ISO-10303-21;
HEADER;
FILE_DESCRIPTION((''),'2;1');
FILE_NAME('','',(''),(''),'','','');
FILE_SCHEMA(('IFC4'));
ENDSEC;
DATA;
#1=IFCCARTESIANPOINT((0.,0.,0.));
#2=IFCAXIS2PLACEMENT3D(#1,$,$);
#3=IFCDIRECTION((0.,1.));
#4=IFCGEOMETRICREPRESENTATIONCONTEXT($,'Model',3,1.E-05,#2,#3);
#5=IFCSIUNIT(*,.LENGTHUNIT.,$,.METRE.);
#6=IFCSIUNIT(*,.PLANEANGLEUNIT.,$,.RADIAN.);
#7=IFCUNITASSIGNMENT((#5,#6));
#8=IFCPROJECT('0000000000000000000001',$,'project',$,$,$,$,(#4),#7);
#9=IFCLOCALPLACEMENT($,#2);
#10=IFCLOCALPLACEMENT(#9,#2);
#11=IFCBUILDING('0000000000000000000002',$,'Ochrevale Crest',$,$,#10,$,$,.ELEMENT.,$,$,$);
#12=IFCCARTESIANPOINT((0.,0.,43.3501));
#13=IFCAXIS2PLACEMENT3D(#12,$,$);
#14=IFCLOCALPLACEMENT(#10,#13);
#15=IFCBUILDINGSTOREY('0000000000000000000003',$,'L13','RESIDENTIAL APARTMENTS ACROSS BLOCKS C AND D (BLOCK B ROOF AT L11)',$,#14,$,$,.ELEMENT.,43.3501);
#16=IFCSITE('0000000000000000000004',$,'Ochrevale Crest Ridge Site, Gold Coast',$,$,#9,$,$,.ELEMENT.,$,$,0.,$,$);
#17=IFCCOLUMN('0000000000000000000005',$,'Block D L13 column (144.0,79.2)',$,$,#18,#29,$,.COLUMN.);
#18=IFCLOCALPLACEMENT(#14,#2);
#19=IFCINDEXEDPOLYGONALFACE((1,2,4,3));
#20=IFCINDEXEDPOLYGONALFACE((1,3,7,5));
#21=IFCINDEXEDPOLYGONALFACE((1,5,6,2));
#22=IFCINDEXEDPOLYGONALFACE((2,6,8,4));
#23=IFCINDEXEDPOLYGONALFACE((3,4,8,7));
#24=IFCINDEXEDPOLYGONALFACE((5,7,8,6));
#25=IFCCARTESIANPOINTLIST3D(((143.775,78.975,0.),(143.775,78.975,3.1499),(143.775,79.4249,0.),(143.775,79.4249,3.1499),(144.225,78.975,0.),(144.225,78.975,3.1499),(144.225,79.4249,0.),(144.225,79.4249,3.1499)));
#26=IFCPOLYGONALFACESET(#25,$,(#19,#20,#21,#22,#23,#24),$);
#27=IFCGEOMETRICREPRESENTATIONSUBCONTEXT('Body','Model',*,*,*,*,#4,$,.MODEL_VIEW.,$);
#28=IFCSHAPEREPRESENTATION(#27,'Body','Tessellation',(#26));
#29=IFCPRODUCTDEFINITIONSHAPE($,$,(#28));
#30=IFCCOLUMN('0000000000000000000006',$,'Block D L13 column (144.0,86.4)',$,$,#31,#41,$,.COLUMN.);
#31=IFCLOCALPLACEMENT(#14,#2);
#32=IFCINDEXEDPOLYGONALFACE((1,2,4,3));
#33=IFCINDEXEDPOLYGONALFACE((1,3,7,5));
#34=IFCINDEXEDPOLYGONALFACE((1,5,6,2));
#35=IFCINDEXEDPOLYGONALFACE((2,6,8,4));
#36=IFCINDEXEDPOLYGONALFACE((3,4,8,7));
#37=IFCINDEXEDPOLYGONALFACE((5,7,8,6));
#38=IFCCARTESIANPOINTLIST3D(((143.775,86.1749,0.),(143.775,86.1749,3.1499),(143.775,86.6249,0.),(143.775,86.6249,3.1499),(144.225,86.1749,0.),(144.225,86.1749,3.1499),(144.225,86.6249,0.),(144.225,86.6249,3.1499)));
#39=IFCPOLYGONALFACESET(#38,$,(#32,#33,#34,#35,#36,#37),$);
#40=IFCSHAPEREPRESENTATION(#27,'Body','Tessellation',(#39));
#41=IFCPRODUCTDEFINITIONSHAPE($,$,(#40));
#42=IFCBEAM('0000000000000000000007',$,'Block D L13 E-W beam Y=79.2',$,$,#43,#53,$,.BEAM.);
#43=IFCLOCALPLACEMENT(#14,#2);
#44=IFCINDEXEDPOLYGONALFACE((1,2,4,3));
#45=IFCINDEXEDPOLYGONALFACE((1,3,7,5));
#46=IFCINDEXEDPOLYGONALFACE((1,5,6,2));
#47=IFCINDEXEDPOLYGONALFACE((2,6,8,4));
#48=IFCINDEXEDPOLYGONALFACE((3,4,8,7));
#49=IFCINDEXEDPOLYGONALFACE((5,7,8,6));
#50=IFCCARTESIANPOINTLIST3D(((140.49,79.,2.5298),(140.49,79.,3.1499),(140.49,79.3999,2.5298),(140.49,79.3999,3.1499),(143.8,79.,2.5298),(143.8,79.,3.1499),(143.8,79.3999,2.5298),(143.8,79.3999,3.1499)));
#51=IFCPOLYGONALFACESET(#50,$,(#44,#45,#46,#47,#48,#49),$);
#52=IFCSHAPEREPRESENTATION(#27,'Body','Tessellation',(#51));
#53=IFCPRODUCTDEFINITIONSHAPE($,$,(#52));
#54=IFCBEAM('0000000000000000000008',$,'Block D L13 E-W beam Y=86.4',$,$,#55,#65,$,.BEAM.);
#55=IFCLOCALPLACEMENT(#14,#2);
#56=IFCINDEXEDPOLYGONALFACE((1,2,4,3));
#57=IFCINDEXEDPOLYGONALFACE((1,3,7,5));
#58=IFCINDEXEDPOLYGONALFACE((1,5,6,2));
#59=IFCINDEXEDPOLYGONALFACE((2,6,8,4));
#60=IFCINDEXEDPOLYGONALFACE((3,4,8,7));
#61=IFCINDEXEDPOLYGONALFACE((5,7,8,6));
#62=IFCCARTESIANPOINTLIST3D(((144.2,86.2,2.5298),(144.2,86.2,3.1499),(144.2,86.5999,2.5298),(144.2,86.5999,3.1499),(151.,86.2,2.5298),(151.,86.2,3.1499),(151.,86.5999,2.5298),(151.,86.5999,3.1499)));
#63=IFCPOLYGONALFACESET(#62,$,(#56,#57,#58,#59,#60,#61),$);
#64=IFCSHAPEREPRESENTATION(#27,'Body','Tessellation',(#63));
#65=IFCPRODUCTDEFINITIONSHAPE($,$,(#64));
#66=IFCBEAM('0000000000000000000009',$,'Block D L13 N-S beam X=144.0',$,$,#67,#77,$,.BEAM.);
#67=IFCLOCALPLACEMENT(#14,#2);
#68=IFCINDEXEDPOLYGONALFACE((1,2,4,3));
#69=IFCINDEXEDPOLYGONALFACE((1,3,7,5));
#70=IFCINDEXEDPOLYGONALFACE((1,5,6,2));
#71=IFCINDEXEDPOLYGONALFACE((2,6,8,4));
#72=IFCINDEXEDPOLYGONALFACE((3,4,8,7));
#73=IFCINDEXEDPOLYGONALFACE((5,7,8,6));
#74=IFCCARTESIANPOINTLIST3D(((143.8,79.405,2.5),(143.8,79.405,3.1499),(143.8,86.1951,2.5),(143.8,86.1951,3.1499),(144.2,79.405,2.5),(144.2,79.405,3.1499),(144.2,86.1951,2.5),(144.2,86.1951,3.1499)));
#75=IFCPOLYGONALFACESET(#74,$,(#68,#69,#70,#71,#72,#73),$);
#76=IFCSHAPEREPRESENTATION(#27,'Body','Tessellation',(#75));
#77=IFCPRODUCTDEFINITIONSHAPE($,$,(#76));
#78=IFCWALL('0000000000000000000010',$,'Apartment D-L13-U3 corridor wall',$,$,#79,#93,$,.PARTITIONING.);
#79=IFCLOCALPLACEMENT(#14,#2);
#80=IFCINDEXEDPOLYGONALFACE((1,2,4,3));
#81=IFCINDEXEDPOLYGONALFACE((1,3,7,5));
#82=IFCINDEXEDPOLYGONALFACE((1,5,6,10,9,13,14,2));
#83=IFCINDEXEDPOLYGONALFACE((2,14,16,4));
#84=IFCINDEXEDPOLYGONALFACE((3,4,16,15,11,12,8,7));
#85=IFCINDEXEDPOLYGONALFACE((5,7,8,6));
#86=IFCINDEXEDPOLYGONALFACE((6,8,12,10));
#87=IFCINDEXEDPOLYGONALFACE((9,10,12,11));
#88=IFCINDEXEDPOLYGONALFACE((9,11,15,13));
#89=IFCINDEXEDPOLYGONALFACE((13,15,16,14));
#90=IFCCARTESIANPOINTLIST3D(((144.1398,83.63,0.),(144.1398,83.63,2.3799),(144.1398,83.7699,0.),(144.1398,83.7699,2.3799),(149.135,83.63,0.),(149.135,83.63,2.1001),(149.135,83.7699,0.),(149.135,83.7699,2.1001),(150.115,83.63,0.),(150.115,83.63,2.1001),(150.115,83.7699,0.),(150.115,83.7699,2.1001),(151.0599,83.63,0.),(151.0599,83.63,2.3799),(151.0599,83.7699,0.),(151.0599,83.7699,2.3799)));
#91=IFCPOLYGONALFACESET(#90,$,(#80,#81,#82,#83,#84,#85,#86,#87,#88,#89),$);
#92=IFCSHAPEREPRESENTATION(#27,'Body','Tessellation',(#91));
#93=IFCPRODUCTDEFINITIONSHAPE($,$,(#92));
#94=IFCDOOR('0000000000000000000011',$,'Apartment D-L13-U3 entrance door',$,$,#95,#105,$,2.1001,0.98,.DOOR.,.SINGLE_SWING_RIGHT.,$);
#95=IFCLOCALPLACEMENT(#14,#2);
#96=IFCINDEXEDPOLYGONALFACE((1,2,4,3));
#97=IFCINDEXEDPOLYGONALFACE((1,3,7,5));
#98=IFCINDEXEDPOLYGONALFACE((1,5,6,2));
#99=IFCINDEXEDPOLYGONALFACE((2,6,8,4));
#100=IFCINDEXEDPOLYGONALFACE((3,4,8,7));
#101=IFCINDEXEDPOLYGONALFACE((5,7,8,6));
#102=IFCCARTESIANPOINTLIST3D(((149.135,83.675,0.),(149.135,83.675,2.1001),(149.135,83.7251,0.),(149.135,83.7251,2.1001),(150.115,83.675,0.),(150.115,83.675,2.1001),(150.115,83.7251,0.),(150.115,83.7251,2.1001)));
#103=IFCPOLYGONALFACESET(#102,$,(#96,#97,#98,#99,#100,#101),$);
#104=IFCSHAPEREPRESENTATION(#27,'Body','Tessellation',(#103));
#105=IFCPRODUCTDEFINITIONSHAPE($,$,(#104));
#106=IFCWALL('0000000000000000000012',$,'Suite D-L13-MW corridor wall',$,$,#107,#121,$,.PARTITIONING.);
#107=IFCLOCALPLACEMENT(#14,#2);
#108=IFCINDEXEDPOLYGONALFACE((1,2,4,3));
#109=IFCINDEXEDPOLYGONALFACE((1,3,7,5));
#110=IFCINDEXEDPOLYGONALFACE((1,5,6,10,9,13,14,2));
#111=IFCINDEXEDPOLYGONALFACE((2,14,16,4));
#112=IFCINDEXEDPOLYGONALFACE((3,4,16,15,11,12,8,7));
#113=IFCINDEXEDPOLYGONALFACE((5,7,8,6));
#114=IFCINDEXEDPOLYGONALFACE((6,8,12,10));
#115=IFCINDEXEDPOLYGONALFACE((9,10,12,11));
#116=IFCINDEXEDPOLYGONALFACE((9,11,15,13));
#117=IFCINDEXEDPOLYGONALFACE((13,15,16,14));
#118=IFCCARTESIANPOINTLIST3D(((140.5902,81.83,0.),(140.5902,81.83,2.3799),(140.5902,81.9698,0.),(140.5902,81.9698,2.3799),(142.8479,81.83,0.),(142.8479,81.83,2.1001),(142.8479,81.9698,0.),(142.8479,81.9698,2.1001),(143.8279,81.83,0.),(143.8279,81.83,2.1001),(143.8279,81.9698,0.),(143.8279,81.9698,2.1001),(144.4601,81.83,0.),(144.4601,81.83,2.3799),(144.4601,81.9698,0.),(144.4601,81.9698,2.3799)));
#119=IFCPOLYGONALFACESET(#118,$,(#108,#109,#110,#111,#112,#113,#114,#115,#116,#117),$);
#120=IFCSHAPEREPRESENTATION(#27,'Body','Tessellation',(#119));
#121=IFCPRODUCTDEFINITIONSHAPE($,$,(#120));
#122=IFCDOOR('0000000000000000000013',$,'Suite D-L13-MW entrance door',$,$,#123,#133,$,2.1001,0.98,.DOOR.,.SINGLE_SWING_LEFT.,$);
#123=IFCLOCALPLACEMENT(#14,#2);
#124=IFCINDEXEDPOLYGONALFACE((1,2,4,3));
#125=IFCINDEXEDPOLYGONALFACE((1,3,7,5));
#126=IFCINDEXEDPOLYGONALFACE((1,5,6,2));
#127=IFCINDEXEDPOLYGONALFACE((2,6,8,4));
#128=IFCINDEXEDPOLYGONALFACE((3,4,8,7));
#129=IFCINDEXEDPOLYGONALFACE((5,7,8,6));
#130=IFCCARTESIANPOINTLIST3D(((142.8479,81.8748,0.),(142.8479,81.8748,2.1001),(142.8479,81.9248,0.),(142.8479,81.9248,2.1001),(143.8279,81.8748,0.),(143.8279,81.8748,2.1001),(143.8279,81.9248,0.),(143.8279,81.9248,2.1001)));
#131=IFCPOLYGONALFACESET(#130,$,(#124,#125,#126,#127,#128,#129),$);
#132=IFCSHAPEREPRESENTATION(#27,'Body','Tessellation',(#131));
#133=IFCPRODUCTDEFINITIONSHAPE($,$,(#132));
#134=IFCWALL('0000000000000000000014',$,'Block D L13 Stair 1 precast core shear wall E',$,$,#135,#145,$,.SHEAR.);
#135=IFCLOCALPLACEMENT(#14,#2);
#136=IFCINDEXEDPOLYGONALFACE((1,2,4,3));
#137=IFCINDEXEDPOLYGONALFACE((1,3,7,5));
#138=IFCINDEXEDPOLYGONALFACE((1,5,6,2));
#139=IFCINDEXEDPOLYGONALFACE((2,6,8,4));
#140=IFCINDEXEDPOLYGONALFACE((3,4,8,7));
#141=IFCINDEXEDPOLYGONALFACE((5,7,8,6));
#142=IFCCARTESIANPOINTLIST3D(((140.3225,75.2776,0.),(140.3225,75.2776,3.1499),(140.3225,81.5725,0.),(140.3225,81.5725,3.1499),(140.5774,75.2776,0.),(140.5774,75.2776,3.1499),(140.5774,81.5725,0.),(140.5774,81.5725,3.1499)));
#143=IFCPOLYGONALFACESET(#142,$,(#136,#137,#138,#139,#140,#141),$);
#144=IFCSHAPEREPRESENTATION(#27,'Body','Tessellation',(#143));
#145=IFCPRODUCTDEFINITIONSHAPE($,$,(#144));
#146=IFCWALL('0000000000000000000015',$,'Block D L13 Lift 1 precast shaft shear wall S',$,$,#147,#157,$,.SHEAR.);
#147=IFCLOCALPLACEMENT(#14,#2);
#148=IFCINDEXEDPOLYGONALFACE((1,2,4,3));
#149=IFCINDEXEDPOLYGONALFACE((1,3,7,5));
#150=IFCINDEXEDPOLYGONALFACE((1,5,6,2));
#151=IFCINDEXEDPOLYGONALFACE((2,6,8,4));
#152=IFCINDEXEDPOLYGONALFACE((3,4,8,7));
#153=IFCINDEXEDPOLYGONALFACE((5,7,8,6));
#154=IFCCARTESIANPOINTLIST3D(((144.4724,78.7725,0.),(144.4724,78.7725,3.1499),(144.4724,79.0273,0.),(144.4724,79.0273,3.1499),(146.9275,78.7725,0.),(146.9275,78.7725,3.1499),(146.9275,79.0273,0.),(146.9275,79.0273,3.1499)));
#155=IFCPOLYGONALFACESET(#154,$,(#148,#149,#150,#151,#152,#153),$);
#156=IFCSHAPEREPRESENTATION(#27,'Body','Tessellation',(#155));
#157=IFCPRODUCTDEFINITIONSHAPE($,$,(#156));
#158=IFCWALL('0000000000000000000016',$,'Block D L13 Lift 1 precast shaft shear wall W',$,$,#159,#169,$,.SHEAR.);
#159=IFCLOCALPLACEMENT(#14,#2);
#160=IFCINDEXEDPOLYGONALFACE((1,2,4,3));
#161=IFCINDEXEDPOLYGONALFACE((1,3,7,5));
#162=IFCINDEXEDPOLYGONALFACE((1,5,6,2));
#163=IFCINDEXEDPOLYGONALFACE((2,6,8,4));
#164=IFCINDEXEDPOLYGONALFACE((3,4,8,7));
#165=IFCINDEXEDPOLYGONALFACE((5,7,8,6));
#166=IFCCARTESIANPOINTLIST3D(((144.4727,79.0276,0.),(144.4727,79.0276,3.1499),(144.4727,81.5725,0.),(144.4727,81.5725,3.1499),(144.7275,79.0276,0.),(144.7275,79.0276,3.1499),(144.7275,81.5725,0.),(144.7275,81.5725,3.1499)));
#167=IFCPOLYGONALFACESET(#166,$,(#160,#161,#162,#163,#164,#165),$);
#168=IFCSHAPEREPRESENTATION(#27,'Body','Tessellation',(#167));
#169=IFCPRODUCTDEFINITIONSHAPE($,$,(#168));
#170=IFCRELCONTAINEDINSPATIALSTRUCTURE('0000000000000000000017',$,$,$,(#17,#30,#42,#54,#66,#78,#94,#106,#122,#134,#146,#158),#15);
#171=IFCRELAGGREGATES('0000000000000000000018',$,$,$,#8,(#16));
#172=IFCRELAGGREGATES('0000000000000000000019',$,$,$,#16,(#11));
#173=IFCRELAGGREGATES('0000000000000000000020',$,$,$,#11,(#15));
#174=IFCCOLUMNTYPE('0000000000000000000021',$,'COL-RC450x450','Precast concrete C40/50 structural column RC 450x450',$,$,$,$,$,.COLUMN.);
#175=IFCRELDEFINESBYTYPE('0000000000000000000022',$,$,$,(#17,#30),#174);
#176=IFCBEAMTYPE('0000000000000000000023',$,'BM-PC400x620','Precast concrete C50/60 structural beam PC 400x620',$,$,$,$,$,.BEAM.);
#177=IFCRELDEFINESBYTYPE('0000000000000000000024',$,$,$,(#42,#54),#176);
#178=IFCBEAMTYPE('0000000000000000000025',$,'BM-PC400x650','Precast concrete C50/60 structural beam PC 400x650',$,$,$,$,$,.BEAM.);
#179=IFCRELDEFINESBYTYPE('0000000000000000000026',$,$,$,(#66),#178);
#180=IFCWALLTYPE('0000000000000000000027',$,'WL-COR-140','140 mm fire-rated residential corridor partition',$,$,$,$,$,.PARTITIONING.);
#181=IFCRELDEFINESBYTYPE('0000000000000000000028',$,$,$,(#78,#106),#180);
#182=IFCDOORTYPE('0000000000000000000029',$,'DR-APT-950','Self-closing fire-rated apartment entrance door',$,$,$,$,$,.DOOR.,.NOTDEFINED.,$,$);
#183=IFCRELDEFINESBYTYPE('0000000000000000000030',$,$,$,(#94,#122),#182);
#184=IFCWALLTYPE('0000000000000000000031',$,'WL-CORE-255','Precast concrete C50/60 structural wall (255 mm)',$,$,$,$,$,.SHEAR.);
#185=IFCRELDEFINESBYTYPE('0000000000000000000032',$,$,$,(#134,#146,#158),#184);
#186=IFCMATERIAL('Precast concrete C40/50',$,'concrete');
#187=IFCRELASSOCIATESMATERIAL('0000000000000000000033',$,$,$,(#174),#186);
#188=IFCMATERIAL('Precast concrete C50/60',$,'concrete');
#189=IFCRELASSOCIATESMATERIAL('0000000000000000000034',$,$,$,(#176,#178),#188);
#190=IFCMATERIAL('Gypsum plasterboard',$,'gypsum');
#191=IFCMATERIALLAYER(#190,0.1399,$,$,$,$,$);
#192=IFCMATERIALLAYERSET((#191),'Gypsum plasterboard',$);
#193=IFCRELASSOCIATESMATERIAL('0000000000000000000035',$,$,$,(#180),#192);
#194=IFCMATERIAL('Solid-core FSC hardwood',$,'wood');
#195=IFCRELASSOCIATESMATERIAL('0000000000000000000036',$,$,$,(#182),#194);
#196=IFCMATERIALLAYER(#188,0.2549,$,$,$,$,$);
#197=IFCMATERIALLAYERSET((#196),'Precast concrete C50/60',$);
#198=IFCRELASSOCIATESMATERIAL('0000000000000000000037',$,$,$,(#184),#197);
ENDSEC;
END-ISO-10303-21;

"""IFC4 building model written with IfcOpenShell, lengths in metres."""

from ifc_helpers import new_model, si_unit, direction, frame, frame_2d, origin, origin_2d, place, context, subcontext, project, spatial, rectangle, extrude, material, layer, layer_set, material_profile, profile_set, type_object, element, fill, save


model = new_model("IFC4")

# Units and contexts
model_context = context("Model", 3, precision=1e-05, world=origin(), true_north=direction((0.0, 1.0)))
body_context = subcontext(model_context, "Body", "Model", "MODEL_VIEW")
ifc_project = project(units=[si_unit("LENGTHUNIT", "METRE"), si_unit("PLANEANGLEUNIT", "RADIAN")], contexts=[model_context])

# Site, building, storey
site_placement = place(None, origin())
site = spatial("IfcSite", under=ifc_project, at=site_placement, Name="Ochrevale Crest Ridge Site, Gold Coast", CompositionType="ELEMENT", RefElevation=0.0)
building_placement = place(site_placement, origin())
building = spatial("IfcBuilding", under=site, at=building_placement, Name="Ochrevale Crest", CompositionType="ELEMENT")
storey_placement = place(building_placement, frame((0.0, 0.0, 43.3501)))
storey = spatial("IfcBuildingStorey", under=building, at=storey_placement, Name="L13", Description="RESIDENTIAL APARTMENTS ACROSS BLOCKS C AND D (BLOCK B ROOF AT L11)", CompositionType="ELEMENT", Elevation=43.3501)

# Columns
ifc_material_1 = material(Name="Precast concrete C40/50", Category="concrete")
ifc_material_profile_1 = material_profile(ifc_material_1, rectangle(XDim=0.45, YDim=0.45, at=origin_2d()), Name="RC 450x450")
ifc_profile_set_1 = profile_set([ifc_material_profile_1], Name="Precast concrete C40/50")
column_type = type_object("IfcColumnType", Name="COL-RC450x450", Description="Precast concrete C40/50 structural column RC 450x450", PredefinedType="COLUMN", material=ifc_profile_set_1)
for number, where, z_axis, x_axis, name in (
    (1, (144.0, 79.2, 0.0), (0.0, 0.0, 1.0), (1.0, 0.0, 0.0), "Block D L13 column (144.0,79.2)"),
    (2, (144.0, 86.3999, 0.0), (0.0, 0.0, 1.0), (1.0, 0.0, 0.0), "Block D L13 column (144.0,86.4)"),
):
    element("IfcColumn", number, at=place(storey_placement, frame(where, z_axis=z_axis, x_axis=x_axis)), inside=storey, type_object=column_type, Name=name, PredefinedType="COLUMN", context=body_context, shape_type="SweptSolid", body=[
        extrude(rectangle(XDim=0.45, YDim=0.45, at=origin_2d()), origin(), (0.0, 0.0, 1.0), 3.1499),
    ])

# Beams
ifc_material_2 = material(Name="Precast concrete C50/60", Category="concrete")
ifc_material_profile_2 = material_profile(ifc_material_2, rectangle(XDim=0.3999, YDim=0.6201, at=origin_2d()), Name="PC 400x620")
ifc_profile_set_2 = profile_set([ifc_material_profile_2], Name="Precast concrete C50/60")
beam_type_1 = type_object("IfcBeamType", Name="BM-PC400x620", Description="Precast concrete C50/60 structural beam PC 400x620", PredefinedType="BEAM", material=ifc_profile_set_2)
beam_1_placement = place(storey_placement, frame((140.49, 79.2, 2.8398), z_axis=(1.0, 0.0, 0.0), x_axis=(0.0, 1.0, 0.0)))
element("IfcBeam", 3, at=beam_1_placement, inside=storey, type_object=beam_type_1, Name="Block D L13 E-W beam Y=79.2", PredefinedType="BEAM", context=body_context, shape_type="SweptSolid", body=[
    extrude(rectangle(XDim=0.3999, YDim=0.6201, at=origin_2d()), origin(), (0.0, 0.0, 1.0), 3.3101),
])
beam_2_placement = place(storey_placement, frame((144.2, 86.3999, 2.8398), z_axis=(1.0, 0.0, 0.0), x_axis=(0.0, 1.0, 0.0)))
element("IfcBeam", 4, at=beam_2_placement, inside=storey, type_object=beam_type_1, Name="Block D L13 E-W beam Y=86.4", PredefinedType="BEAM", context=body_context, shape_type="SweptSolid", body=[
    extrude(rectangle(XDim=0.3999, YDim=0.6201, at=origin_2d()), origin(), (0.0, 0.0, 1.0), 6.8),
])
ifc_material_profile_3 = material_profile(ifc_material_2, rectangle(XDim=0.3999, YDim=0.6499, at=origin_2d()), Name="PC 400x650")
ifc_profile_set_3 = profile_set([ifc_material_profile_3], Name="Precast concrete C50/60")
beam_type_2 = type_object("IfcBeamType", Name="BM-PC400x650", Description="Precast concrete C50/60 structural beam PC 400x650", PredefinedType="BEAM", material=ifc_profile_set_3)
beam_3_placement = place(storey_placement, frame((144.0, 79.405, 2.825), z_axis=(0.0, 1.0, 0.0), x_axis=(-1.0, 0.0, 0.0)))
element("IfcBeam", 5, at=beam_3_placement, inside=storey, type_object=beam_type_2, Name="Block D L13 N-S beam X=144.0", PredefinedType="BEAM", context=body_context, shape_type="SweptSolid", body=[
    extrude(rectangle(XDim=0.3999, YDim=0.6499, at=origin_2d()), origin(), (0.0, 0.0, 1.0), 6.79),
])

# Walls, openings, doors
ifc_material_3 = material(Name="Gypsum plasterboard", Category="gypsum")
ifc_layer_1 = layer(ifc_material_3, 0.1399)
ifc_layer_set_1 = layer_set([ifc_layer_1], Name="Gypsum plasterboard")
wall_type_1 = type_object("IfcWallType", Name="WL-COR-140", Description="140 mm fire-rated residential corridor partition", PredefinedType="PARTITIONING", material=ifc_layer_set_1)
wall_1_placement = place(storey_placement, frame((144.1399, 83.7, 0.0), z_axis=(0.0, 0.0, 1.0), x_axis=(1.0, 0.0, 0.0)))
wall_1 = element("IfcWall", 6, at=wall_1_placement, inside=storey, type_object=wall_type_1, Name="Apartment D-L13-U3 corridor wall", PredefinedType="PARTITIONING", context=body_context, shape_type="SweptSolid", body=[
    extrude(rectangle(XDim=6.9202, YDim=0.1399, at=frame_2d((3.46, 0.0))), origin(), (0.0, 0.0, 1.0), 2.3799),
])
opening_1_placement = place(wall_1_placement, frame((5.9751, 0.0, 0.0), z_axis=(0.0, 0.0, 1.0), x_axis=(-1.0, 0.0, 0.0)))
opening_1 = element("IfcOpeningElement", 7, at=opening_1_placement, cuts=wall_1, PredefinedType="OPENING", context=body_context, shape_type="SweptSolid", body=[
    extrude(rectangle(XDim=0.98, YDim=2.1001, at=frame_2d((0.49, 1.05))), frame((0.0, 0.0801, 0.0), z_axis=(0.0, -1.0, 0.0), x_axis=(1.0, 0.0, 0.0)), (0.0, 0.0, 1.0), 0.1599),
])
ifc_material_4 = material(Name="Solid-core FSC hardwood", Category="wood")
door_type_1 = type_object("IfcDoorType", Name="DR-APT-950", Description="Self-closing fire-rated apartment entrance door", OperationType="NOTDEFINED", PredefinedType="DOOR", material=ifc_material_4)
door_1_placement = place(opening_1_placement, origin())
door_1 = element("IfcDoor", 8, at=door_1_placement, inside=storey, type_object=door_type_1, Name="Apartment D-L13-U3 entrance door", OperationType="SINGLE_SWING_RIGHT", OverallHeight=2.1001, OverallWidth=0.98, PredefinedType="DOOR", context=body_context, shape_type="SweptSolid", body=[
    extrude(rectangle(XDim=0.98, YDim=2.1001, at=frame_2d((0.49, 1.05))), frame((0.0, 0.0249, 0.0), z_axis=(0.0, -1.0, 0.0), x_axis=(1.0, 0.0, 0.0)), (0.0, 0.0, 1.0), 0.05),
])
fill(opening_1, door_1)
wall_2_placement = place(storey_placement, frame((140.5901, 81.8999, 0.0), z_axis=(0.0, 0.0, 1.0), x_axis=(1.0, 0.0, 0.0)))
wall_2 = element("IfcWall", 9, at=wall_2_placement, inside=storey, type_object=wall_type_1, Name="Suite D-L13-MW corridor wall", PredefinedType="PARTITIONING", context=body_context, shape_type="SweptSolid", body=[
    extrude(rectangle(XDim=3.8699, YDim=0.1399, at=frame_2d((1.9351, 0.0))), origin(), (0.0, 0.0, 1.0), 2.3799),
])
opening_2_placement = place(wall_2_placement, frame((2.2578, 0.0, 0.0)))
opening_2 = element("IfcOpeningElement", 10, at=opening_2_placement, cuts=wall_2, PredefinedType="OPENING", context=body_context, shape_type="SweptSolid", body=[
    extrude(rectangle(XDim=0.98, YDim=2.1001, at=frame_2d((0.49, 1.05))), frame((0.0, 0.0801, 0.0), z_axis=(0.0, -1.0, 0.0), x_axis=(1.0, 0.0, 0.0)), (0.0, 0.0, 1.0), 0.1599),
])
door_2_placement = place(opening_2_placement, origin())
door_2 = element("IfcDoor", 11, at=door_2_placement, inside=storey, type_object=door_type_1, Name="Suite D-L13-MW entrance door", OperationType="SINGLE_SWING_LEFT", OverallHeight=2.1001, OverallWidth=0.98, PredefinedType="DOOR", context=body_context, shape_type="SweptSolid", body=[
    extrude(rectangle(XDim=0.98, YDim=2.1001, at=frame_2d((0.49, 1.05))), frame((0.0, 0.0249, 0.0), z_axis=(0.0, -1.0, 0.0), x_axis=(1.0, 0.0, 0.0)), (0.0, 0.0, 1.0), 0.05),
])
fill(opening_2, door_2)

# Walls
ifc_layer_2 = layer(ifc_material_2, 0.2549)
ifc_layer_set_2 = layer_set([ifc_layer_2], Name="Precast concrete C50/60")
wall_type_2 = type_object("IfcWallType", Name="WL-CORE-255", Description="Precast concrete C50/60 structural wall (255 mm)", PredefinedType="SHEAR", material=ifc_layer_set_2)
wall_3_placement = place(storey_placement, frame((140.45, 75.2776, 0.0), z_axis=(0.0, 0.0, 1.0), x_axis=(0.0, 1.0, 0.0)))
element("IfcWall", 12, at=wall_3_placement, inside=storey, type_object=wall_type_2, Name="Block D L13 Stair 1 precast core shear wall E", PredefinedType="SHEAR", context=body_context, shape_type="SweptSolid", body=[
    extrude(rectangle(XDim=6.2949, YDim=0.2549, at=frame_2d((3.1475, 0.0))), origin(), (0.0, 0.0, 1.0), 3.1499),
])
wall_4_placement = place(storey_placement, frame((144.4724, 78.8999, 0.0), z_axis=(0.0, 0.0, 1.0), x_axis=(1.0, 0.0, 0.0)))
element("IfcWall", 13, at=wall_4_placement, inside=storey, type_object=wall_type_2, Name="Block D L13 Lift 1 precast shaft shear wall S", PredefinedType="SHEAR", context=body_context, shape_type="SweptSolid", body=[
    extrude(rectangle(XDim=2.4551, YDim=0.2549, at=frame_2d((1.2275, 0.0))), origin(), (0.0, 0.0, 1.0), 3.1499),
])

# Wall
wall_5_placement = place(storey_placement, frame((144.6001, 79.0276, 0.0), z_axis=(0.0, 0.0, 1.0), x_axis=(0.0, 1.0, 0.0)))
element("IfcWall", 14, at=wall_5_placement, inside=storey, type_object=wall_type_2, Name="Block D L13 Lift 1 precast shaft shear wall W", PredefinedType="SHEAR", context=body_context, shape_type="SweptSolid", body=[
    extrude(rectangle(XDim=2.5449, YDim=0.2549, at=frame_2d((1.2725, 0.0))), origin(), (0.0, 0.0, 1.0), 3.1499),
])

save(model, "model.ifc")
